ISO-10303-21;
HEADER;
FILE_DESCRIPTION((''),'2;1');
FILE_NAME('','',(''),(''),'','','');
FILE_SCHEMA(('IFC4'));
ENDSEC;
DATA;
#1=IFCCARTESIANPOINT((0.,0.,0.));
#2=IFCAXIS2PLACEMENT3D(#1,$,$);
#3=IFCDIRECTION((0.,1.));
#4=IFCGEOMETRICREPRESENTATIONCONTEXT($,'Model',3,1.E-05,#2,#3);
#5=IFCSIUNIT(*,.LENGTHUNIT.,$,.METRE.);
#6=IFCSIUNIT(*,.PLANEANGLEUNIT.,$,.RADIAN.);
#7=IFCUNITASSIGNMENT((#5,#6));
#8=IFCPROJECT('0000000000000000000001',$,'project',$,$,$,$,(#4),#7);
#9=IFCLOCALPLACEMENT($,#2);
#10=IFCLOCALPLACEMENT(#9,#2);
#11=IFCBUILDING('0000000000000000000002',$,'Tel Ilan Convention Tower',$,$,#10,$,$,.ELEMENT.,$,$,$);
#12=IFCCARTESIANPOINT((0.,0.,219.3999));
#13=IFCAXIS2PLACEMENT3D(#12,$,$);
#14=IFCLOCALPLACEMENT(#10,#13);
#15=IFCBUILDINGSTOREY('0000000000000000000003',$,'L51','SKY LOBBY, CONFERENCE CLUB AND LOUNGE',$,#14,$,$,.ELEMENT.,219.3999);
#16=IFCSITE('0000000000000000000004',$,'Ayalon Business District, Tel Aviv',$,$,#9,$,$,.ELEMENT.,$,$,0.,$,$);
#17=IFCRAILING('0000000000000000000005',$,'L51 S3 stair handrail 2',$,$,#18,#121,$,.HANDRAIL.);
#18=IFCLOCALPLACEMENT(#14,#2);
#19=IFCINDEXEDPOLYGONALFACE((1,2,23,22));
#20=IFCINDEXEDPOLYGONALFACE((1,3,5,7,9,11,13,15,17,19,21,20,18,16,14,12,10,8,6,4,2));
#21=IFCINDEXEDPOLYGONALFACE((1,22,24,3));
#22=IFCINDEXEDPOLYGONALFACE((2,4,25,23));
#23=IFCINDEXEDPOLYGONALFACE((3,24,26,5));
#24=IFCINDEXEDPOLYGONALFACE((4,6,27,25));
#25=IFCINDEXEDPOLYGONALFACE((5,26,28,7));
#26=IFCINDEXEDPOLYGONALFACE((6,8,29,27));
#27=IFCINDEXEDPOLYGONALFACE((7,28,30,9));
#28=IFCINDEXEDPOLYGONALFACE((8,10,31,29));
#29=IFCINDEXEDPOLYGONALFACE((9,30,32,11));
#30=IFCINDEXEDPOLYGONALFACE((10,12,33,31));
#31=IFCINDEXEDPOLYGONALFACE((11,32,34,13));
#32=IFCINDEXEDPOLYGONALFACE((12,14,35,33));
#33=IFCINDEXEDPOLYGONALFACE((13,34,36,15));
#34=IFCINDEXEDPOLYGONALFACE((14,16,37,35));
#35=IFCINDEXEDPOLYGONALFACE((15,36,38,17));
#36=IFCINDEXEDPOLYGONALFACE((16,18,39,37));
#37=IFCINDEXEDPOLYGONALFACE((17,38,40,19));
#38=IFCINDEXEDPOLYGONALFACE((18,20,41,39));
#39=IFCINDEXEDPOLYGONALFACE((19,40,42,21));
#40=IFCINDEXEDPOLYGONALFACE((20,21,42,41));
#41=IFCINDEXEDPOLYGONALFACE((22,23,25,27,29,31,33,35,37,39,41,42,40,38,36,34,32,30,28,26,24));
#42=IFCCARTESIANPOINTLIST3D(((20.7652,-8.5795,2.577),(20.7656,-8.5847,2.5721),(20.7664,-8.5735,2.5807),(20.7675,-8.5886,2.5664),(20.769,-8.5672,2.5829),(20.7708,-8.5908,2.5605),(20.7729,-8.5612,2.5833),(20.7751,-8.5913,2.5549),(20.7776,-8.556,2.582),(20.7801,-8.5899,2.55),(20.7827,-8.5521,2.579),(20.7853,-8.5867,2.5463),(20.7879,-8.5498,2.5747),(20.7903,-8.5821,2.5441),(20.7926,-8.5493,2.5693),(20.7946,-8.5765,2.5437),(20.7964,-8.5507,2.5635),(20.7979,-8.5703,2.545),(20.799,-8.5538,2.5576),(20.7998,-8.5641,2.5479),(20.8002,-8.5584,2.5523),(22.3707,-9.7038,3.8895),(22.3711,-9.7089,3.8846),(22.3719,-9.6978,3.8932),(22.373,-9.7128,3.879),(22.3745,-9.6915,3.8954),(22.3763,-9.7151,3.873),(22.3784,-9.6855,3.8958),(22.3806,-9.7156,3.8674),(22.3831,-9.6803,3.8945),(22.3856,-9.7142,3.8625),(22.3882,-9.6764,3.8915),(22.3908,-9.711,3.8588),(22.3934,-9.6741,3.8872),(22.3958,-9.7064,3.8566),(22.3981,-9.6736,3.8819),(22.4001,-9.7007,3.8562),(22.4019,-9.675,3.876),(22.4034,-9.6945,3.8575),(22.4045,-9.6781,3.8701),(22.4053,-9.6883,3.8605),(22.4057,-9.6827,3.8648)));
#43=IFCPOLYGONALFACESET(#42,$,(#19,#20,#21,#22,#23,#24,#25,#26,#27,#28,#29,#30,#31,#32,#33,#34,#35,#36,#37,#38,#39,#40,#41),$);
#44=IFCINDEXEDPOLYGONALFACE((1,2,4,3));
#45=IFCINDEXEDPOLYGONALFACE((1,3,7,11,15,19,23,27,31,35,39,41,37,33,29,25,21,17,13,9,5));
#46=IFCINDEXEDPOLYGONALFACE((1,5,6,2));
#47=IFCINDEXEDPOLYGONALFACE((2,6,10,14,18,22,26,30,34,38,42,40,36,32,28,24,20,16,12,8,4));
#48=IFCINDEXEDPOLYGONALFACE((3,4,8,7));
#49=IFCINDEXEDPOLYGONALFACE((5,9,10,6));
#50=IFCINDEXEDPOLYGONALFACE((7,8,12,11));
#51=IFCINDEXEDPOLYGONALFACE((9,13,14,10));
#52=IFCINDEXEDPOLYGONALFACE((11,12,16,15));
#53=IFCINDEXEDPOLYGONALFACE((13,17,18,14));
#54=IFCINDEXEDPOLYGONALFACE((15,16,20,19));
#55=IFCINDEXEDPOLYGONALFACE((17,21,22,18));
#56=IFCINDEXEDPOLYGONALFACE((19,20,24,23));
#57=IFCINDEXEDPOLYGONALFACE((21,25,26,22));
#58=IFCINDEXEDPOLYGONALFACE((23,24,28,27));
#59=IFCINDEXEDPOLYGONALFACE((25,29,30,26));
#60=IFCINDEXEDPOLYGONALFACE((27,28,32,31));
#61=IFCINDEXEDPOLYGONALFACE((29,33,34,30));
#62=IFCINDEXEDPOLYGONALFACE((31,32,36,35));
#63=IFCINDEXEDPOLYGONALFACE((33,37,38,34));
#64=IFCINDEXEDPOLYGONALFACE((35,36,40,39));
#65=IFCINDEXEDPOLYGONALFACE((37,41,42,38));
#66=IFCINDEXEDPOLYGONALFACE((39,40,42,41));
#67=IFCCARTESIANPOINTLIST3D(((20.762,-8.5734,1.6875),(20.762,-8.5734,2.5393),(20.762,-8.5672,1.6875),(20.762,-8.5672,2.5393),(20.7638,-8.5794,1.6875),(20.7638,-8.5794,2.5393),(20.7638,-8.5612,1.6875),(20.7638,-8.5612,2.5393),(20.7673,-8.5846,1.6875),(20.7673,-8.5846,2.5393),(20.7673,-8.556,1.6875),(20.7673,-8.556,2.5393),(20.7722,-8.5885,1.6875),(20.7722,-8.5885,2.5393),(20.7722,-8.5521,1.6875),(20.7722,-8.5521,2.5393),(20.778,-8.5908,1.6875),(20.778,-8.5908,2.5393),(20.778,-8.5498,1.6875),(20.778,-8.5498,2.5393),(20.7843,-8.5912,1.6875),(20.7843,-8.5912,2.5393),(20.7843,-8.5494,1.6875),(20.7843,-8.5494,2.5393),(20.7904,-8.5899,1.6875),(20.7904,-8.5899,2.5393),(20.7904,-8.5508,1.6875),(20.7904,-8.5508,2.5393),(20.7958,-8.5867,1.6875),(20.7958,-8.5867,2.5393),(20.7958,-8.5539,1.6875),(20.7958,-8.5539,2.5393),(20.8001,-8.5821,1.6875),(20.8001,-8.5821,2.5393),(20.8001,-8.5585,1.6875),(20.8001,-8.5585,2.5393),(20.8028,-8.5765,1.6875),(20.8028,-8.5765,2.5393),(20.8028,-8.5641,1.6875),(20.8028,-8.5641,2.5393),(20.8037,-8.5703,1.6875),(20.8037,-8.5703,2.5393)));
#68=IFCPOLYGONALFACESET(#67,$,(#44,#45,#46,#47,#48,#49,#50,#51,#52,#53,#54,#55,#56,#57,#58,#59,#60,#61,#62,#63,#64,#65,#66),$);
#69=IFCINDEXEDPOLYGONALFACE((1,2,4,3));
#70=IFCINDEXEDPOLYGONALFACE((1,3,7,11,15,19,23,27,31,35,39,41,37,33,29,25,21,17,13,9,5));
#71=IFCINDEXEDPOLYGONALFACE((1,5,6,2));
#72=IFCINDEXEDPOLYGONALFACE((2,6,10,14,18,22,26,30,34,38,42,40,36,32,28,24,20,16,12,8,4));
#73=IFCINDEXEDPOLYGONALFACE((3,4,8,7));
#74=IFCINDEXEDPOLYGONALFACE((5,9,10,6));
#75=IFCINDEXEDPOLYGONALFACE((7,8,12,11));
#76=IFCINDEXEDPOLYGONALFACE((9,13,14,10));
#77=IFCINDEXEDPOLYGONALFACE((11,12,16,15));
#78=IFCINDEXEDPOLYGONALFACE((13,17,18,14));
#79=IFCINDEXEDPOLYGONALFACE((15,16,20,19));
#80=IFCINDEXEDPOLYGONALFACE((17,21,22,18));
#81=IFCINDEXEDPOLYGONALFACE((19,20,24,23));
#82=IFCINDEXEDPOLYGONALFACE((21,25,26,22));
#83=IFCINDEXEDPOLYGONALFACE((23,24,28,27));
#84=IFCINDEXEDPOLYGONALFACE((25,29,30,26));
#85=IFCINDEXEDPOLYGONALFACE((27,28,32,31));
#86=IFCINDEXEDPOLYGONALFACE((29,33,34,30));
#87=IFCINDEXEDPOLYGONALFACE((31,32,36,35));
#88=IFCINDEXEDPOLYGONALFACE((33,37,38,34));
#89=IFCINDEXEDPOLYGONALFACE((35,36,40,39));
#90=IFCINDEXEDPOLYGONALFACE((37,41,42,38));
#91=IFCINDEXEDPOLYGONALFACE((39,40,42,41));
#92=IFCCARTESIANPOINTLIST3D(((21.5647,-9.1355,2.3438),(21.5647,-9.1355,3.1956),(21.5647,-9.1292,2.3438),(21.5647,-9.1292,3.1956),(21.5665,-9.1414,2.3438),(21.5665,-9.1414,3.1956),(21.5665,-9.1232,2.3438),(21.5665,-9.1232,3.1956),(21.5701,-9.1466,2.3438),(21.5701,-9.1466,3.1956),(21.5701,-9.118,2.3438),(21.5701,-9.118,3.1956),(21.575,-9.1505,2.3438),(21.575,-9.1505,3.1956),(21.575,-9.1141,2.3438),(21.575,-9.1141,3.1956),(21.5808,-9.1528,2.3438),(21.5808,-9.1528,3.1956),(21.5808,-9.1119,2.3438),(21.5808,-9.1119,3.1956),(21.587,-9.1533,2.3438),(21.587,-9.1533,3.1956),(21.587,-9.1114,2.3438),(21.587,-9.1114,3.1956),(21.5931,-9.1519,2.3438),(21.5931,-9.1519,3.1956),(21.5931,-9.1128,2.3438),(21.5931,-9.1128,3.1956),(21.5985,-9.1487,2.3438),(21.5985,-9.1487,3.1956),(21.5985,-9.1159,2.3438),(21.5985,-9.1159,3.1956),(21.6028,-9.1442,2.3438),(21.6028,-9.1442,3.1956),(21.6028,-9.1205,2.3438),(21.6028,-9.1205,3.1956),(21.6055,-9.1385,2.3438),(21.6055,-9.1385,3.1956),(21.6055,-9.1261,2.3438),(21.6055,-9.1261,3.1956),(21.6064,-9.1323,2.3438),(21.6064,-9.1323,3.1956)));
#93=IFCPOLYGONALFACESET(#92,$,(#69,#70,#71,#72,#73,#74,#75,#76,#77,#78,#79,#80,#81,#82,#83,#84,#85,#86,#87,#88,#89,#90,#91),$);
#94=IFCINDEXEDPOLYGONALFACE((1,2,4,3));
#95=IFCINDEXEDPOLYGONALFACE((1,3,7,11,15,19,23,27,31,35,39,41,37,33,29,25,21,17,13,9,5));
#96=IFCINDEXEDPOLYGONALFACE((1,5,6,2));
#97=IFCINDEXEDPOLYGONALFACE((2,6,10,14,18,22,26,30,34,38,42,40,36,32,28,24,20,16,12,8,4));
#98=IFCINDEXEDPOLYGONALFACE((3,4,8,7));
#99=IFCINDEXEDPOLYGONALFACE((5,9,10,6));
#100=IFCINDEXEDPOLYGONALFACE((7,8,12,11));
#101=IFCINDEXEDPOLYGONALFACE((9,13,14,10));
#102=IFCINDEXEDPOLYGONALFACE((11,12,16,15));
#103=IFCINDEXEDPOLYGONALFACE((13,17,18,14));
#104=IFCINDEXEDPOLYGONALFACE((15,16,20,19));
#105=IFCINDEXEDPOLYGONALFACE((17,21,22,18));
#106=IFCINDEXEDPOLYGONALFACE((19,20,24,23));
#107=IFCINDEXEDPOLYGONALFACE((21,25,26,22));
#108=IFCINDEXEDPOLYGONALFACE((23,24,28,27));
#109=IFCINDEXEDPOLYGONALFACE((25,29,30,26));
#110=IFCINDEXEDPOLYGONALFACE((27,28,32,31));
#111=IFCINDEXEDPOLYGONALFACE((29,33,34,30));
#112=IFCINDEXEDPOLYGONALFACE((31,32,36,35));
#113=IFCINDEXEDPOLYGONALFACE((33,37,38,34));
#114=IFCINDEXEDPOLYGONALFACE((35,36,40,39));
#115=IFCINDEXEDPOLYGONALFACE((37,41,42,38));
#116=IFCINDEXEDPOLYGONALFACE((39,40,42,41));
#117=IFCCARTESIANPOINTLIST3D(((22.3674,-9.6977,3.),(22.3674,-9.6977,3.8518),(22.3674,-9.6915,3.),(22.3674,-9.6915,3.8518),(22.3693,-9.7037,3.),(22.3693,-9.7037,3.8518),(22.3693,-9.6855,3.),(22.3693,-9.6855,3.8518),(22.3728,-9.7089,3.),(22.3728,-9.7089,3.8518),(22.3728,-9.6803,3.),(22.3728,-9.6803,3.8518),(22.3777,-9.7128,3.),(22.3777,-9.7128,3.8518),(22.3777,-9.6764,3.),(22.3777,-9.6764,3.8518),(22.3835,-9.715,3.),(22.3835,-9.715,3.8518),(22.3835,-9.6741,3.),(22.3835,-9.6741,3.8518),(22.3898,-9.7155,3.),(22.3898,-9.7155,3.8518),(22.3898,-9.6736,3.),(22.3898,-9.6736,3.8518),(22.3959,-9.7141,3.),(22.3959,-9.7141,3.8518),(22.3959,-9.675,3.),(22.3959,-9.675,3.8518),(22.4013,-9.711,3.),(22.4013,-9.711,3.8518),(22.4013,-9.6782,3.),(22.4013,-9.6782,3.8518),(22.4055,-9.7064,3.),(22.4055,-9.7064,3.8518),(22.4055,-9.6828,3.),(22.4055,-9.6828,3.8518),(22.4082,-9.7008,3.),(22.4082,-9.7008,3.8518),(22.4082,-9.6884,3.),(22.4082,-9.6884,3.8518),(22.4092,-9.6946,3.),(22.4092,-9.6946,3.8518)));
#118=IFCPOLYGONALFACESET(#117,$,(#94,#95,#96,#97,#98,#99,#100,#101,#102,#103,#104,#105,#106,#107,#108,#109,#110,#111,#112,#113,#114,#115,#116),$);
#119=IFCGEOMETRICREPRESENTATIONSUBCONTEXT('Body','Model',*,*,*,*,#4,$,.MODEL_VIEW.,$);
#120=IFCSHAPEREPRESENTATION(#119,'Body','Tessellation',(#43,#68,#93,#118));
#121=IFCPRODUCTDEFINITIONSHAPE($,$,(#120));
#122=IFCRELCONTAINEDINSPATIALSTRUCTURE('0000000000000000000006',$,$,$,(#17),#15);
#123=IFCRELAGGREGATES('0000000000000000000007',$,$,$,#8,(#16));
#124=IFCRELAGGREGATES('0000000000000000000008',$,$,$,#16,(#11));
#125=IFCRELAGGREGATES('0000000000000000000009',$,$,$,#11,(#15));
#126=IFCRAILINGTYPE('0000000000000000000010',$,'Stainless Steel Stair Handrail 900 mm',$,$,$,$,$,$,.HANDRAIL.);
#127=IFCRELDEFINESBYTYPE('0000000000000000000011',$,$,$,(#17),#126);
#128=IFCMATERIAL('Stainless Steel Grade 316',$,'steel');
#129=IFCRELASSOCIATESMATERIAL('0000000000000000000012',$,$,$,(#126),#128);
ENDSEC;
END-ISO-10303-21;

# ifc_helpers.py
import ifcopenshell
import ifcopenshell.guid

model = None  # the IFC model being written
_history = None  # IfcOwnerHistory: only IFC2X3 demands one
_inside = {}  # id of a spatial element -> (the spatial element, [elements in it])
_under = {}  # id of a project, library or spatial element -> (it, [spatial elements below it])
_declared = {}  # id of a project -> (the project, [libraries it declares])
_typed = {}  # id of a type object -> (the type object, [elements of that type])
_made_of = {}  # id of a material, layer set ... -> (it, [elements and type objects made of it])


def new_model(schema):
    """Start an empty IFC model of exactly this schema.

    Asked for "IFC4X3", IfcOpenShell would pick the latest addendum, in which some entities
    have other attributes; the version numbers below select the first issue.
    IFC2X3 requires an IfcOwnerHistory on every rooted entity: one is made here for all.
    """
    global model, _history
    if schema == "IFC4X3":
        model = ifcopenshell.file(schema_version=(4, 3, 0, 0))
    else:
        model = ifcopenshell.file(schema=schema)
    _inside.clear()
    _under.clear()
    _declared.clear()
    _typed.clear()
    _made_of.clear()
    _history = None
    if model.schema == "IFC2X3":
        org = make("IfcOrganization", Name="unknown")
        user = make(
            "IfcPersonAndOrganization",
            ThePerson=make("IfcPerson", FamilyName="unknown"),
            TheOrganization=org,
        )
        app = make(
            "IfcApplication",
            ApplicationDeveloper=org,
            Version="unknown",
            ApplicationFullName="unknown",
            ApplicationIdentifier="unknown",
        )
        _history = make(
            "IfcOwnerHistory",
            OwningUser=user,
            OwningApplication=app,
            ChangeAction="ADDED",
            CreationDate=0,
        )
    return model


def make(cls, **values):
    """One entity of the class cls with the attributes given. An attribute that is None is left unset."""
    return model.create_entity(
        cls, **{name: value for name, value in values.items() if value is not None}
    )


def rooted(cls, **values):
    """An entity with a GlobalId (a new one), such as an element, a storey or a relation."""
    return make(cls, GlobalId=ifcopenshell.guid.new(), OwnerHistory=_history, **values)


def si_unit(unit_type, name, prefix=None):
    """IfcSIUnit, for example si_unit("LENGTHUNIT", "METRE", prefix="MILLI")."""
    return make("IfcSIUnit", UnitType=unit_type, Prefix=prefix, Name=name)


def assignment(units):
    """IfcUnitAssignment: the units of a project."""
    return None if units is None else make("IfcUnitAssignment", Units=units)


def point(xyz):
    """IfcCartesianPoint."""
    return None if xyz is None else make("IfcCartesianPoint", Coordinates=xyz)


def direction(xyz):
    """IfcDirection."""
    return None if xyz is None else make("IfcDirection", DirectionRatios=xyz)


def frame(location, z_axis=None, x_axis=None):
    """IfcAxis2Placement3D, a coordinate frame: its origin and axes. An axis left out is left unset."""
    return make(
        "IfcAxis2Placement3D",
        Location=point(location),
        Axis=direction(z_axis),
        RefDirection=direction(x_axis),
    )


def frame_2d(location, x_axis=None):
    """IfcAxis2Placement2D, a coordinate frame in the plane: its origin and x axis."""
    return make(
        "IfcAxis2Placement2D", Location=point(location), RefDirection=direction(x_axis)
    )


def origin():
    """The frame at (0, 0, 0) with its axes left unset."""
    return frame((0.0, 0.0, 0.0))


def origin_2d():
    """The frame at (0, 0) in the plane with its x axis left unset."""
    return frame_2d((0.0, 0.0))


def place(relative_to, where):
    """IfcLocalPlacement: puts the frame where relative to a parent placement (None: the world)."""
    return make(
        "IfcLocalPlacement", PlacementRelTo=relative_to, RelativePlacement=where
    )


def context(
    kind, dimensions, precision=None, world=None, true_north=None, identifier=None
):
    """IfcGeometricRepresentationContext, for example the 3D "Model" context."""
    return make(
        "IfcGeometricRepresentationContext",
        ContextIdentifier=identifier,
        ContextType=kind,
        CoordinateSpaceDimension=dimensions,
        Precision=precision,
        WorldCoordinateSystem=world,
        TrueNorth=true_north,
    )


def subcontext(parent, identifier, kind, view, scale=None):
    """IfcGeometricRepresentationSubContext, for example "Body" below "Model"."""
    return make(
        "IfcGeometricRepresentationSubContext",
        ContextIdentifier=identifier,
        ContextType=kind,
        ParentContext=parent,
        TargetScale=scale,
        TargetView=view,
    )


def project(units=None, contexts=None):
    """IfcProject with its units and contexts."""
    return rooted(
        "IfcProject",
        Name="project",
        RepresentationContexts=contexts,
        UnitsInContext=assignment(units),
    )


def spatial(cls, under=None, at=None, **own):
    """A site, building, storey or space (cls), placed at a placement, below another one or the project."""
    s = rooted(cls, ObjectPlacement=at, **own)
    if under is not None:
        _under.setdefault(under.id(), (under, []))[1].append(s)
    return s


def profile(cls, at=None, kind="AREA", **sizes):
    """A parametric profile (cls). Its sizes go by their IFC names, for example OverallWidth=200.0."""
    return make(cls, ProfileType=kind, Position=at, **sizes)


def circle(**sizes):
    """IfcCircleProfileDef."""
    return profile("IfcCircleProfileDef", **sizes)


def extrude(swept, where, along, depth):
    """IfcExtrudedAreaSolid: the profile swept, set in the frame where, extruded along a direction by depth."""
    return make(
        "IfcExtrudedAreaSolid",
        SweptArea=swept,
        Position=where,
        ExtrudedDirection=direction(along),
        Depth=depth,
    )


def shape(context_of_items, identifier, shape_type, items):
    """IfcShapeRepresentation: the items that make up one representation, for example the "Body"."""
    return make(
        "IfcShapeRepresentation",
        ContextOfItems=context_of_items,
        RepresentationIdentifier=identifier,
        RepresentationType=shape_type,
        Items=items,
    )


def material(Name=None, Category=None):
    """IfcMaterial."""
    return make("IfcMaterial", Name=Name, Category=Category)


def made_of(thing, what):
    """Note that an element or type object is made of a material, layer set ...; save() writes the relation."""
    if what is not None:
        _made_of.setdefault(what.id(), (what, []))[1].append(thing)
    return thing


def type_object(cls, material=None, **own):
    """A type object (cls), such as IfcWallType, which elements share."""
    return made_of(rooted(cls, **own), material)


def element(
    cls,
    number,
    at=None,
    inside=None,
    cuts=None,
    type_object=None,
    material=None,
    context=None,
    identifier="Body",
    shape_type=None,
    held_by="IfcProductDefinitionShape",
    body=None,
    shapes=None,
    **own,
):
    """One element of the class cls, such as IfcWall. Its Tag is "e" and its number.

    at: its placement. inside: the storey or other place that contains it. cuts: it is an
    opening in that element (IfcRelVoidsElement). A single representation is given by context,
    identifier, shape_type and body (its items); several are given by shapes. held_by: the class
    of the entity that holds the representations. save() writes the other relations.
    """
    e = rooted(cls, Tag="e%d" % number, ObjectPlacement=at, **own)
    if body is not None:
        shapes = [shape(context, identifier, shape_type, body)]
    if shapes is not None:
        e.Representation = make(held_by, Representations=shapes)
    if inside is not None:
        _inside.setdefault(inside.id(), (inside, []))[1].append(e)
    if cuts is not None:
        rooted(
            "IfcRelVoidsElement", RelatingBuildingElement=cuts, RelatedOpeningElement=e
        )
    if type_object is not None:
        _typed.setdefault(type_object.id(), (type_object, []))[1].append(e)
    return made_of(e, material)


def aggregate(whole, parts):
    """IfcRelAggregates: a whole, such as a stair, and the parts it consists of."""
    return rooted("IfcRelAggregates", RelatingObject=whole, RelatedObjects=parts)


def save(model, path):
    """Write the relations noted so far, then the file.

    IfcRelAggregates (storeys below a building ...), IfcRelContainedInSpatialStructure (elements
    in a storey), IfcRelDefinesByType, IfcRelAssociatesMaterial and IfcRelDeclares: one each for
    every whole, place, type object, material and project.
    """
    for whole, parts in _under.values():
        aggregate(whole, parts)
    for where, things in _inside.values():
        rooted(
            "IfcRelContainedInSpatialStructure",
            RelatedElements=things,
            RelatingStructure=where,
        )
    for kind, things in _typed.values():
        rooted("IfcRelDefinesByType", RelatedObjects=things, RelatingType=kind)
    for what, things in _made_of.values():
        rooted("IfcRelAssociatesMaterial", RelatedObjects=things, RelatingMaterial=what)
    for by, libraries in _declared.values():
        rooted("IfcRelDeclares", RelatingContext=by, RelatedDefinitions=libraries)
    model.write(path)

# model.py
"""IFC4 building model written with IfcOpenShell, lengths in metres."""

from ifc_helpers import new_model, si_unit, direction, frame, origin, origin_2d, place, context, subcontext, project, spatial, circle, extrude, material, type_object, element, save


model = new_model("IFC4")

# Units and contexts
model_context = context("Model", 3, precision=1e-05, world=origin(), true_north=direction((0.0, 1.0)))
body_context = subcontext(model_context, "Body", "Model", "MODEL_VIEW")
ifc_project = project(units=[si_unit("LENGTHUNIT", "METRE"), si_unit("PLANEANGLEUNIT", "RADIAN")], contexts=[model_context])

# Site, building, storey
site_placement = place(None, origin())
site = spatial("IfcSite", under=ifc_project, at=site_placement, Name="Ayalon Business District, Tel Aviv", CompositionType="ELEMENT", RefElevation=0.0)
building_placement = place(site_placement, origin())
building = spatial("IfcBuilding", under=site, at=building_placement, Name="Tel Ilan Convention Tower", CompositionType="ELEMENT")
storey_placement = place(building_placement, frame((0.0, 0.0, 219.3999)))
storey = spatial("IfcBuildingStorey", under=building, at=storey_placement, Name="L51", Description="SKY LOBBY, CONFERENCE CLUB AND LOUNGE", CompositionType="ELEMENT", Elevation=219.3999)

# Railing
ifc_material_1 = material(Name="Stainless Steel Grade 316", Category="steel")
railing_type_1 = type_object("IfcRailingType", Name="Stainless Steel Stair Handrail 900 mm", PredefinedType="HANDRAIL", material=ifc_material_1)
for number, where, name in (
    (1, (20.7827, -8.5703, 1.6875), "L51 S3 stair handrail 2"),
):
    element("IfcRailing", number, at=place(storey_placement, frame(where)), inside=storey, type_object=railing_type_1, Name=name, PredefinedType="HANDRAIL", context=body_context, shape_type="SweptSolid", body=[
        extrude(circle(Radius=0.0239, at=origin_2d()), frame((0.0, 0.0, 0.876), z_axis=(0.680616, -0.476617, 0.556416), x_axis=(0.573613, 0.819127, 0.0)), (0.0, 0.0, 1.0), 2.3589),
        extrude(circle(Radius=0.021, at=origin_2d()), origin(), (0.0, 0.0, 1.0), 0.8518),
        extrude(circle(Radius=0.021, at=origin_2d()), frame((0.8027, -0.562, 0.6562)), (0.0, 0.0, 1.0), 0.8518),
        extrude(circle(Radius=0.021, at=origin_2d()), frame((1.6055, -1.1243, 1.3125)), (0.0, 0.0, 1.0), 0.8518),
    ])

save(model, "model.ifc")
